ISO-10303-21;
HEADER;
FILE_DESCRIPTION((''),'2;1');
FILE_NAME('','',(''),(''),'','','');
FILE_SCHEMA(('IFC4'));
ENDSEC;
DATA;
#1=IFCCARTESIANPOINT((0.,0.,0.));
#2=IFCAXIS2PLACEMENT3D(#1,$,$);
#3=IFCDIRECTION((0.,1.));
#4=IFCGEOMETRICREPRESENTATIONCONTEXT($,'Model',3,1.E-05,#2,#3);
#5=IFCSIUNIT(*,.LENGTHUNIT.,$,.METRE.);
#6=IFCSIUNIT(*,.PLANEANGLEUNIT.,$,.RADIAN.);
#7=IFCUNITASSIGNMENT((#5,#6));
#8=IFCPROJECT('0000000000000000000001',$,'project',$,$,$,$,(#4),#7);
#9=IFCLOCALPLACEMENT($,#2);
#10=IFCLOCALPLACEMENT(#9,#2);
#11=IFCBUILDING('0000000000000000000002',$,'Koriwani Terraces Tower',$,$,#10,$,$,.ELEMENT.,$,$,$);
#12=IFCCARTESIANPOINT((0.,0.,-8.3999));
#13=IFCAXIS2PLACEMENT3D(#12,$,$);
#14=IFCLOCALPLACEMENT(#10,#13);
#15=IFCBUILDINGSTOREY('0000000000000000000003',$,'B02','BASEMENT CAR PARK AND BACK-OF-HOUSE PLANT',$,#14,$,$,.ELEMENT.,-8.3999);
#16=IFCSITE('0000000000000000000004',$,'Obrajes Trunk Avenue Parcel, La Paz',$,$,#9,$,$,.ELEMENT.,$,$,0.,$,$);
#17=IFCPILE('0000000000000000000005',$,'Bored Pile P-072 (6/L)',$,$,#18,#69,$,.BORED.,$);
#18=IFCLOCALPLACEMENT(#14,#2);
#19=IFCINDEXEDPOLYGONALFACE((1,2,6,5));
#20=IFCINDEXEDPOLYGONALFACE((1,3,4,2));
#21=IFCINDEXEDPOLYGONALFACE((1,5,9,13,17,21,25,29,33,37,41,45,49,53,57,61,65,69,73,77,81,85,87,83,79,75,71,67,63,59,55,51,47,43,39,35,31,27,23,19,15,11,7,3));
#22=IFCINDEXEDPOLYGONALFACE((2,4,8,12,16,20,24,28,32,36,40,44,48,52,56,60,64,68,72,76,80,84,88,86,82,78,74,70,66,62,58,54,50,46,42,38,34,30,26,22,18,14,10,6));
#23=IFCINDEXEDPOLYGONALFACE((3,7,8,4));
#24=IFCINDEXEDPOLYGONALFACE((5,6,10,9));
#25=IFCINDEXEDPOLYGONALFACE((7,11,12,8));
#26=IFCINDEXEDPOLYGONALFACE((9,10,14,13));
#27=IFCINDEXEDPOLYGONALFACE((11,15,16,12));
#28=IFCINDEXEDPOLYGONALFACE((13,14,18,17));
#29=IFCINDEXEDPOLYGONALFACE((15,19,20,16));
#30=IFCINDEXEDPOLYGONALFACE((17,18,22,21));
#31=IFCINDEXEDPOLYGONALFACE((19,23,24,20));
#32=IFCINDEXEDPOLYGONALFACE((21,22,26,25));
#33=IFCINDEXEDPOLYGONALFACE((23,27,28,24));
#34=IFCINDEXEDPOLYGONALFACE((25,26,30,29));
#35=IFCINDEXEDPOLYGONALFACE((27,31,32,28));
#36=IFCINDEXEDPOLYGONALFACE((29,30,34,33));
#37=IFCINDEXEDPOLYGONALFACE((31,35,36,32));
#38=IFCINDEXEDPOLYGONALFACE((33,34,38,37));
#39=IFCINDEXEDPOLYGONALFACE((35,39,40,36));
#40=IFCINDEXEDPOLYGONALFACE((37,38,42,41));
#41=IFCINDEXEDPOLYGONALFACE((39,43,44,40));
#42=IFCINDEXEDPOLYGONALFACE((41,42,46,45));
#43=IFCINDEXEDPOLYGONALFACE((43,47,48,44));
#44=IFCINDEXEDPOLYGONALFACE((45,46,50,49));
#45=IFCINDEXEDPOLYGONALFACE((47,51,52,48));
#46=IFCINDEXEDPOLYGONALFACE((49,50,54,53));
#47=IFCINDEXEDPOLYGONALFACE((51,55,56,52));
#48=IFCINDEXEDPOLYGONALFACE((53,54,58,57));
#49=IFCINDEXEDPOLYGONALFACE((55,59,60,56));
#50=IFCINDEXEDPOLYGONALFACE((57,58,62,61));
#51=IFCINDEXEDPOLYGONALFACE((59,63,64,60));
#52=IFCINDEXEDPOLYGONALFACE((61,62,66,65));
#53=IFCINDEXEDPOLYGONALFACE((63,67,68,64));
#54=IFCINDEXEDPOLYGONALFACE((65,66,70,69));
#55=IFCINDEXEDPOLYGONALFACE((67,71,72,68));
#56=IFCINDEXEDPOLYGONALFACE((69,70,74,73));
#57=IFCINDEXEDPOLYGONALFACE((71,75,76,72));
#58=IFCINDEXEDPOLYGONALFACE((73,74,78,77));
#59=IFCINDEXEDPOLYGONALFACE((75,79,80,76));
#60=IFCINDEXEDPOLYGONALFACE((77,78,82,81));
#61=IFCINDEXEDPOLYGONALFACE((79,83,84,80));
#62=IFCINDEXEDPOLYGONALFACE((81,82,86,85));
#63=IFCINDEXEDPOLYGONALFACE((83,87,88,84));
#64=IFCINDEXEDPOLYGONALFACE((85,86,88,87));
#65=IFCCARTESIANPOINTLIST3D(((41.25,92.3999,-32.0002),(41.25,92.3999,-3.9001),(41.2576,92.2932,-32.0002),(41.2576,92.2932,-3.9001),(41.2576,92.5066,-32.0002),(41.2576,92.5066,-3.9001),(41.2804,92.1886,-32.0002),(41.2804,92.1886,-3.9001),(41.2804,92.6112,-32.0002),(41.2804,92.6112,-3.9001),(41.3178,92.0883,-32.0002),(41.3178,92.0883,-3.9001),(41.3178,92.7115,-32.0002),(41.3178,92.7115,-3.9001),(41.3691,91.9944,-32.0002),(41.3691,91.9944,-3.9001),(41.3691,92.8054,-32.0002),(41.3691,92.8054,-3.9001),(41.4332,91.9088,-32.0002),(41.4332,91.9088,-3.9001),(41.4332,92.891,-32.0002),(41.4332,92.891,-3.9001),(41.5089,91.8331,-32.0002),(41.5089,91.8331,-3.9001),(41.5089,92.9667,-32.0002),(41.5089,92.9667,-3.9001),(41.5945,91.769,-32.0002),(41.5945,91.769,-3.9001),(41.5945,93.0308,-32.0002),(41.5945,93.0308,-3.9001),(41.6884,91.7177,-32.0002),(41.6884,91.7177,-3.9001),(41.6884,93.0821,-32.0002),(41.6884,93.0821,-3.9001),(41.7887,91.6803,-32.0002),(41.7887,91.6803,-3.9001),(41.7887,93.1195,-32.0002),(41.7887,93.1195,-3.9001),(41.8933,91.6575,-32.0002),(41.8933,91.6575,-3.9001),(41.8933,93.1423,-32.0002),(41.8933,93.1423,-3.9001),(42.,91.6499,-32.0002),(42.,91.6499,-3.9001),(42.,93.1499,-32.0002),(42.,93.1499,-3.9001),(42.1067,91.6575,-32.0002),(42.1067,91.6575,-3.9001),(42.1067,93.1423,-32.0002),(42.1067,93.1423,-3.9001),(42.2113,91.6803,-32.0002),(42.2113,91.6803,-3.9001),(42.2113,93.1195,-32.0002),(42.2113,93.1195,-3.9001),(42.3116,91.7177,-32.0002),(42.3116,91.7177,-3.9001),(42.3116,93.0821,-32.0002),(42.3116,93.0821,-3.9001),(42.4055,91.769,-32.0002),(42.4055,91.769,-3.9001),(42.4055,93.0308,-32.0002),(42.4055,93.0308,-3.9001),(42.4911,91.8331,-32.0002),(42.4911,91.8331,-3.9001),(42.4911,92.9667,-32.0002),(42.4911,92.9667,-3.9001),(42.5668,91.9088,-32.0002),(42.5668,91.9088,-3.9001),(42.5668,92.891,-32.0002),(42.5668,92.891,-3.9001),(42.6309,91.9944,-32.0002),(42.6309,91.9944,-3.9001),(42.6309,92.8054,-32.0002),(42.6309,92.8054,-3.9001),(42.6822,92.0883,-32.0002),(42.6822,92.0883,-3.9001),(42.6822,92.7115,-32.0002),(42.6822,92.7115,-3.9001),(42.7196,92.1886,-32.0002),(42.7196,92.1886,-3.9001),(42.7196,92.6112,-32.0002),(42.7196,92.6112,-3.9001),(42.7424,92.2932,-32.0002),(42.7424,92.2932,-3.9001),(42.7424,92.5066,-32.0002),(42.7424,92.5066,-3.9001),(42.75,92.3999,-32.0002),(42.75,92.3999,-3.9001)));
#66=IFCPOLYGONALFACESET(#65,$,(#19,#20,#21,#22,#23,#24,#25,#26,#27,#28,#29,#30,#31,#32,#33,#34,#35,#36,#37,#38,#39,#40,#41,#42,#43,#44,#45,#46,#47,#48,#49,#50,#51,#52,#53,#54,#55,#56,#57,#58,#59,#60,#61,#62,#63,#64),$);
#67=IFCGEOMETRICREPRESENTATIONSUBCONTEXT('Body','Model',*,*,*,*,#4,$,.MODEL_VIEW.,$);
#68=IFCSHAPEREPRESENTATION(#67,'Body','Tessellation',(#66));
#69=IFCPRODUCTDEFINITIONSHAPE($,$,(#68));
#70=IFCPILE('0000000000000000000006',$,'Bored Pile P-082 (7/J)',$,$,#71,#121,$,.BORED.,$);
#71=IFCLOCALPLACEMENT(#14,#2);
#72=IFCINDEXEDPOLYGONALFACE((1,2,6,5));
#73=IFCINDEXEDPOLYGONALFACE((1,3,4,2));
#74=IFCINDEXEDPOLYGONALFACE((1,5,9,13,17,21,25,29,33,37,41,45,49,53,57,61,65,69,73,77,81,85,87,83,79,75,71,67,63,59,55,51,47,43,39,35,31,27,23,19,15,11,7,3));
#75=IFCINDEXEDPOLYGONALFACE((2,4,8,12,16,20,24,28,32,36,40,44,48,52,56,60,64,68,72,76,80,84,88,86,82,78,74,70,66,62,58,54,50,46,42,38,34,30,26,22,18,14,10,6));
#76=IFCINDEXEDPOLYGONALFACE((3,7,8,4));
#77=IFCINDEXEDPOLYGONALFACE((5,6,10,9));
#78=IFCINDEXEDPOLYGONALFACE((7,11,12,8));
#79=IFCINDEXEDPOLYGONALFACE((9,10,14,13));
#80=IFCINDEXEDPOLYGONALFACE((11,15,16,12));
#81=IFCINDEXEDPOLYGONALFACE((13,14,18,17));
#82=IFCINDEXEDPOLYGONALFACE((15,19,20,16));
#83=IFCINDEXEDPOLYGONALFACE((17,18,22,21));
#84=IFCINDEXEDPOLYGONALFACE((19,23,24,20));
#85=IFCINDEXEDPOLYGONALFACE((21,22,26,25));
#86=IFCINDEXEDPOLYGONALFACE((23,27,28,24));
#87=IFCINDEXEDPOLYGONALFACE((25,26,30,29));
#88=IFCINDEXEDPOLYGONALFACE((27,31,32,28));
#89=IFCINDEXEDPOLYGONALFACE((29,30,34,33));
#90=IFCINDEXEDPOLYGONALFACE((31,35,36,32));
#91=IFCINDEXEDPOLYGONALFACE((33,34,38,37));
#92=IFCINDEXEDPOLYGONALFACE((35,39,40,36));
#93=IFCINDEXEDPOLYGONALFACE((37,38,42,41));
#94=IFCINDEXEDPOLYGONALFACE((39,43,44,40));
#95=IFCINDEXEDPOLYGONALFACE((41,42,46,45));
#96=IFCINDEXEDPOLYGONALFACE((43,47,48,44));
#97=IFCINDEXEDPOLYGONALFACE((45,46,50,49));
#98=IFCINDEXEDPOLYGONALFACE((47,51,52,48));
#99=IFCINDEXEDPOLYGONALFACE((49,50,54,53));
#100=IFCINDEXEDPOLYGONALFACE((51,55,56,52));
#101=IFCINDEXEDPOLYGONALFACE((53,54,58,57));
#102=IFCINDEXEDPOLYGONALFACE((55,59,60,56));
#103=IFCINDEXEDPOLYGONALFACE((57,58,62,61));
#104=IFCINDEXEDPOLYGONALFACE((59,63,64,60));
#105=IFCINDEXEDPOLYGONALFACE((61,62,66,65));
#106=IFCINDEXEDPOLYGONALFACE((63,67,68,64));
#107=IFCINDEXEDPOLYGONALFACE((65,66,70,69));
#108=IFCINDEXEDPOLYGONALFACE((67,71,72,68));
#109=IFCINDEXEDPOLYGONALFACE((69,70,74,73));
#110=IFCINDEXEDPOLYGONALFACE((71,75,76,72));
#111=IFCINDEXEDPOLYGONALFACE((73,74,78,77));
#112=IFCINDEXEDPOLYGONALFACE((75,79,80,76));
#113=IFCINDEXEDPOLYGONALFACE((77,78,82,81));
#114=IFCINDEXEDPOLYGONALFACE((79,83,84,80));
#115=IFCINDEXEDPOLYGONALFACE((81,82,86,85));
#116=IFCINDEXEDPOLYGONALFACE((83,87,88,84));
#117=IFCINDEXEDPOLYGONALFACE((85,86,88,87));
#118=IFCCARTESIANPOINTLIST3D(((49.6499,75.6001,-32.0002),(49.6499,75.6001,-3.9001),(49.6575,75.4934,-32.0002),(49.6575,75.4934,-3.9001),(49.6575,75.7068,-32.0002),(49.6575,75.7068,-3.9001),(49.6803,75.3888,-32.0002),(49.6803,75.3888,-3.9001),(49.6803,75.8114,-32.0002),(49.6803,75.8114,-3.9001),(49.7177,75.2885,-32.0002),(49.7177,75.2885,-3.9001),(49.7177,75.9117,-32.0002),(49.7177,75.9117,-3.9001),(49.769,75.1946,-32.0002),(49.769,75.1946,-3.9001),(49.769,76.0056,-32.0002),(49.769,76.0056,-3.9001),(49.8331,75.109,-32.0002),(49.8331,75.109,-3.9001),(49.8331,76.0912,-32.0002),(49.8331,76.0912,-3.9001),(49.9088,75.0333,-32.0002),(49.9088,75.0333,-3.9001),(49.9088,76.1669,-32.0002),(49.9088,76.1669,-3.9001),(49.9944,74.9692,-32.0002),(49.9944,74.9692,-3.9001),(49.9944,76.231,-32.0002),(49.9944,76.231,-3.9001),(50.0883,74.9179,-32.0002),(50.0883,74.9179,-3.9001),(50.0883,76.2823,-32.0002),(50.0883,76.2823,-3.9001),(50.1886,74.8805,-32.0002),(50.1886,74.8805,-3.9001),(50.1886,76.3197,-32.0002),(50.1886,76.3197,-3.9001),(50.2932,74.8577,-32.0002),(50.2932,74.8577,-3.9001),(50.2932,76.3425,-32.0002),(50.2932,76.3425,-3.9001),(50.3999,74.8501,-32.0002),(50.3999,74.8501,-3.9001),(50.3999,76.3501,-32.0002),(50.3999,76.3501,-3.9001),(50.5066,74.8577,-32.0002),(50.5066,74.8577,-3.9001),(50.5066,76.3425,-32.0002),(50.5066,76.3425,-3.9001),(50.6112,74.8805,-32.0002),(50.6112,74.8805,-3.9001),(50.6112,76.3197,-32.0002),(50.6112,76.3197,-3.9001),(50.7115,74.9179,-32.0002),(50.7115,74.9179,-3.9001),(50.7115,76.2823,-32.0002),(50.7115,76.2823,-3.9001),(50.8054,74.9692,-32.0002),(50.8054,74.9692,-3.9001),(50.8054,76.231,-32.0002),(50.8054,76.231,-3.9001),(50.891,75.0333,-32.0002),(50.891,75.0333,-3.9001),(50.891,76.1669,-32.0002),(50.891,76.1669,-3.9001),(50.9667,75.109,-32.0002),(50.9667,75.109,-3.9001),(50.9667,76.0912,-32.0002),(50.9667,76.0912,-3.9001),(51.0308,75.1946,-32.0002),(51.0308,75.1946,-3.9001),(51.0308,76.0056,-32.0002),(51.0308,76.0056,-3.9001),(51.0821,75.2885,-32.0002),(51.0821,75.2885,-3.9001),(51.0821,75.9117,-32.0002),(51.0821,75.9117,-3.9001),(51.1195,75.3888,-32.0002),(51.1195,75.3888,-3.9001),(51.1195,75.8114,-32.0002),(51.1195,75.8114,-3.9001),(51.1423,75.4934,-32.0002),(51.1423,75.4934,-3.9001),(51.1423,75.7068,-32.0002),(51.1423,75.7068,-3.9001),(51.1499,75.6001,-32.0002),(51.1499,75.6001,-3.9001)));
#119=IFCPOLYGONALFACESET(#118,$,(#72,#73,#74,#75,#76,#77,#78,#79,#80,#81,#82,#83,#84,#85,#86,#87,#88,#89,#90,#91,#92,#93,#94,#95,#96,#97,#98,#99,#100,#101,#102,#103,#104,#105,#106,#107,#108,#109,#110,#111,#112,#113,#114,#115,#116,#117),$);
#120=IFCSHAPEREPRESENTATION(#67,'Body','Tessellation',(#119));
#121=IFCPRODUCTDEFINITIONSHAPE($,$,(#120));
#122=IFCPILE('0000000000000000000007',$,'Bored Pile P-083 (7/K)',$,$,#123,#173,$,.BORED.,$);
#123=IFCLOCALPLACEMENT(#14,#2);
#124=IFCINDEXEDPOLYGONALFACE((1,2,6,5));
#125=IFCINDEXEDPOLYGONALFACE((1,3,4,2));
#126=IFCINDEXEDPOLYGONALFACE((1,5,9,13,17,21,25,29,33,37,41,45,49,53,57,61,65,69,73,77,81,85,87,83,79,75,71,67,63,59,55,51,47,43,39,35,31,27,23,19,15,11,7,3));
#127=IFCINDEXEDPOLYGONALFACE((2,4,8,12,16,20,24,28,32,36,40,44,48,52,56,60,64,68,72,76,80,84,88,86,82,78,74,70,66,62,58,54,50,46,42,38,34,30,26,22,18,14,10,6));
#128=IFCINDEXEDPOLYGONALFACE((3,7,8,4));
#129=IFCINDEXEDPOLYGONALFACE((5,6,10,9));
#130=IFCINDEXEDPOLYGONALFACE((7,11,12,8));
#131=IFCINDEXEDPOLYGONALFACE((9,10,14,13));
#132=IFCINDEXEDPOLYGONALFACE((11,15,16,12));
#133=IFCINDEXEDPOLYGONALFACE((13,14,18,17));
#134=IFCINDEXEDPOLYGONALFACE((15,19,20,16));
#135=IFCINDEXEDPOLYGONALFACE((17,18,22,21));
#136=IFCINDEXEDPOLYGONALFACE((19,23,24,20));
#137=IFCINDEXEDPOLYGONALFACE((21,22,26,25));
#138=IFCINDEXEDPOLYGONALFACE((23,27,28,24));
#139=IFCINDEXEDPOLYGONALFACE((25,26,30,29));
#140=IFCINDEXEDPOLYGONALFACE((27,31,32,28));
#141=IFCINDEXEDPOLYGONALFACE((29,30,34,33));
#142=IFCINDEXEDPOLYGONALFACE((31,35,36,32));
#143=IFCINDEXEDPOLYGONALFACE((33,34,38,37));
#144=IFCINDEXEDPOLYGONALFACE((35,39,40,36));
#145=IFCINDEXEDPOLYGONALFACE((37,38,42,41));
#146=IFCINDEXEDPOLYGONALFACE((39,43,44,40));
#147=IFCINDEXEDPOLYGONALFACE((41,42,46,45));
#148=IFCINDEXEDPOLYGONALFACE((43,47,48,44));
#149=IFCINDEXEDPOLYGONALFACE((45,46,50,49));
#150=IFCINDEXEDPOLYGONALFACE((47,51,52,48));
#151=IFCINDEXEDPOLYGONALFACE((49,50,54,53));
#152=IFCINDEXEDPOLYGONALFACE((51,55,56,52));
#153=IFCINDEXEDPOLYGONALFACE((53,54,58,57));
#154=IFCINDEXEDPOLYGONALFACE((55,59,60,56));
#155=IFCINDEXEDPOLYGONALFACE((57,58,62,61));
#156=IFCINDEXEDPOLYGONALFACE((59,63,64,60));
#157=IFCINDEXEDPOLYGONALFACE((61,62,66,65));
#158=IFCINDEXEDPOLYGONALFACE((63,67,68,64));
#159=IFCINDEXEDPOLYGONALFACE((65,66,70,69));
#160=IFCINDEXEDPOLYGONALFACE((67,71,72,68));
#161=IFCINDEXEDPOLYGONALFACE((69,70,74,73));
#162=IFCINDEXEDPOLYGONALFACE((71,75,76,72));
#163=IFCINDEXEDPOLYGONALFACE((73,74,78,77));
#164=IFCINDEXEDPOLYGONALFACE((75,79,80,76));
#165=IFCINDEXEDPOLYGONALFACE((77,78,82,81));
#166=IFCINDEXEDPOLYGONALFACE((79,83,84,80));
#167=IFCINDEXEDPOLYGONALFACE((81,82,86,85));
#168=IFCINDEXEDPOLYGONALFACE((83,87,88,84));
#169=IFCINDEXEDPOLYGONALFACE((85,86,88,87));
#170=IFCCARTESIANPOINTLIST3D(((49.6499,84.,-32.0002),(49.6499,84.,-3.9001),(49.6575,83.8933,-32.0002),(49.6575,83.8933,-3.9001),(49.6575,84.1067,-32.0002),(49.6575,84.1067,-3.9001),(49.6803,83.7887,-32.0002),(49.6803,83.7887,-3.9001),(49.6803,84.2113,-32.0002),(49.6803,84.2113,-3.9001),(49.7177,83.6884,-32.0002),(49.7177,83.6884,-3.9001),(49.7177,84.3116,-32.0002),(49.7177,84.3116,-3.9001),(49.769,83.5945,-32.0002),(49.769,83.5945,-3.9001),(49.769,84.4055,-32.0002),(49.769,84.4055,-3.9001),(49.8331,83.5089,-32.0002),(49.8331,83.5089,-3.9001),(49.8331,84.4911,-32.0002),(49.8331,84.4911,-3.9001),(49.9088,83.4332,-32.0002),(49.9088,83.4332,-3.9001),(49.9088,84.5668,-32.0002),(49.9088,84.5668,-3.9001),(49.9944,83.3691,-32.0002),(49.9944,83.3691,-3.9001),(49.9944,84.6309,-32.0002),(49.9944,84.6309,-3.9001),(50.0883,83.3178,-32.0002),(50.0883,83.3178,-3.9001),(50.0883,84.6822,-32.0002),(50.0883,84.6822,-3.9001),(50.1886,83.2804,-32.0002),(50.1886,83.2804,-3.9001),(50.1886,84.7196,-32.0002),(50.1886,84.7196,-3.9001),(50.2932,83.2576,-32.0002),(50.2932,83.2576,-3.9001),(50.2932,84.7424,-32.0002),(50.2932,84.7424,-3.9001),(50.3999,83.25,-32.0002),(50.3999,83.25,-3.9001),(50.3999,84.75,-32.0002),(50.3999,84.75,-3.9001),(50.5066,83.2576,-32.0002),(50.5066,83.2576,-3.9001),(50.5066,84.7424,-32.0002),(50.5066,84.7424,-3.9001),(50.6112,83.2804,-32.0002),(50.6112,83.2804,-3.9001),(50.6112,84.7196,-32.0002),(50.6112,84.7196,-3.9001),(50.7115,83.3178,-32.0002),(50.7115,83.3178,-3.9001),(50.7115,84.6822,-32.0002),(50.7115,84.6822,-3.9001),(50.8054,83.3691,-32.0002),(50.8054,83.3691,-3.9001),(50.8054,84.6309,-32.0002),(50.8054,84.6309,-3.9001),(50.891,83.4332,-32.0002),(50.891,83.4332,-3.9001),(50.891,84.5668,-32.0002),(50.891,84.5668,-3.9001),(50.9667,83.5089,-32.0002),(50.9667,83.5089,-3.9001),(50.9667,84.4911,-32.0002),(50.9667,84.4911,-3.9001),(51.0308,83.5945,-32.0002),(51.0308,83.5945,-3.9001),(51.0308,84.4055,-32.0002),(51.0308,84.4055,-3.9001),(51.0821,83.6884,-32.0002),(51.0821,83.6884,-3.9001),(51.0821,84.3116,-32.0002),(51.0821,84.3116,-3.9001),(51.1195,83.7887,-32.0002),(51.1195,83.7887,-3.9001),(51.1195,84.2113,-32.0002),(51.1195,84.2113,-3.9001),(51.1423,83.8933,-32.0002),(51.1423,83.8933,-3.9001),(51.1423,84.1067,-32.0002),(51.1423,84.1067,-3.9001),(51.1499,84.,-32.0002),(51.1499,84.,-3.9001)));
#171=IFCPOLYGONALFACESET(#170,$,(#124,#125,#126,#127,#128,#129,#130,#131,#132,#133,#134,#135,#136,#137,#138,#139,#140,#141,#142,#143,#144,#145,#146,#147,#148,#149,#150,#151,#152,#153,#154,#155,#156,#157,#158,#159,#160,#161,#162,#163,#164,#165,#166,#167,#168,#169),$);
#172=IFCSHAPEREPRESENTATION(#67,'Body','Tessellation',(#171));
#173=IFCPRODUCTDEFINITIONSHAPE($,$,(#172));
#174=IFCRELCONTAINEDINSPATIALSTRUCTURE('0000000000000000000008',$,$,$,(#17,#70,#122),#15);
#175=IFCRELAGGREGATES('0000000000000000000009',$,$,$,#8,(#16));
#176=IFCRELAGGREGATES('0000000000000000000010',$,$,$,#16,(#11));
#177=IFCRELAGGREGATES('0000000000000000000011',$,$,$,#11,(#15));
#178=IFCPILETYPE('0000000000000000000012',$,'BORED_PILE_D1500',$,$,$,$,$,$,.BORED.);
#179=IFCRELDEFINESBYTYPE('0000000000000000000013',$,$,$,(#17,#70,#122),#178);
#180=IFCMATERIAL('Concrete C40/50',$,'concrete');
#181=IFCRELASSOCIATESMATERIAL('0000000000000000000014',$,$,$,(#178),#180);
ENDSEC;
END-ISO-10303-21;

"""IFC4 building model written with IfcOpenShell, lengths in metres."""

from ifc_helpers import new_model, si_unit, direction, frame, origin, origin_2d, place, context, subcontext, project, spatial, circle, extrude, material, material_profile, profile_set, type_object, element, save


model = new_model("IFC4")

# Units and contexts
model_context = context("Model", 3, precision=1e-05, world=origin(), true_north=direction((0.0, 1.0)))
body_context = subcontext(model_context, "Body", "Model", "MODEL_VIEW")
ifc_project = project(units=[si_unit("LENGTHUNIT", "METRE"), si_unit("PLANEANGLEUNIT", "RADIAN")], contexts=[model_context])

# Site, building, storey
site_placement = place(None, origin())
site = spatial("IfcSite", under=ifc_project, at=site_placement, Name="Obrajes Trunk Avenue Parcel, La Paz", CompositionType="ELEMENT", RefElevation=0.0)
building_placement = place(site_placement, origin())
building = spatial("IfcBuilding", under=site, at=building_placement, Name="Koriwani Terraces Tower", CompositionType="ELEMENT")
storey_placement = place(building_placement, frame((0.0, 0.0, -8.3999)))
storey = spatial("IfcBuildingStorey", under=building, at=storey_placement, Name="B02", Description="BASEMENT CAR PARK AND BACK-OF-HOUSE PLANT", CompositionType="ELEMENT", Elevation=-8.3999)

# Piles
ifc_material_1 = material(Name="Concrete C40/50", Category="concrete")
ifc_material_profile_1 = material_profile(ifc_material_1, circle(Radius=0.75, at=origin_2d()), Name="Concrete C40/50")
ifc_profile_set_1 = profile_set([ifc_material_profile_1], Name="Concrete C40/50")
pile_type_1 = type_object("IfcPileType", Name="BORED_PILE_D1500", PredefinedType="BORED", material=ifc_profile_set_1)
for number, where, z_axis, x_axis, name in (
    (1, (42.0, 92.3999, -3.9001), (0.0, 0.0, -1.0), (1.0, 0.0, 0.0), "Bored Pile P-072 (6/L)"),
    (2, (50.3999, 75.6001, -3.9001), (0.0, 0.0, -1.0), (1.0, 0.0, 0.0), "Bored Pile P-082 (7/J)"),
    (3, (50.3999, 84.0, -3.9001), (0.0, 0.0, -1.0), (1.0, 0.0, 0.0), "Bored Pile P-083 (7/K)"),
):
    element("IfcPile", number, at=place(storey_placement, frame(where, z_axis=z_axis, x_axis=x_axis)), inside=storey, type_object=pile_type_1, Name=name, PredefinedType="BORED", context=body_context, shape_type="SweptSolid", body=[
        extrude(circle(Radius=0.75, at=origin_2d()), origin(), (0.0, 0.0, 1.0), 28.1001),
    ])

save(model, "model.ifc")
